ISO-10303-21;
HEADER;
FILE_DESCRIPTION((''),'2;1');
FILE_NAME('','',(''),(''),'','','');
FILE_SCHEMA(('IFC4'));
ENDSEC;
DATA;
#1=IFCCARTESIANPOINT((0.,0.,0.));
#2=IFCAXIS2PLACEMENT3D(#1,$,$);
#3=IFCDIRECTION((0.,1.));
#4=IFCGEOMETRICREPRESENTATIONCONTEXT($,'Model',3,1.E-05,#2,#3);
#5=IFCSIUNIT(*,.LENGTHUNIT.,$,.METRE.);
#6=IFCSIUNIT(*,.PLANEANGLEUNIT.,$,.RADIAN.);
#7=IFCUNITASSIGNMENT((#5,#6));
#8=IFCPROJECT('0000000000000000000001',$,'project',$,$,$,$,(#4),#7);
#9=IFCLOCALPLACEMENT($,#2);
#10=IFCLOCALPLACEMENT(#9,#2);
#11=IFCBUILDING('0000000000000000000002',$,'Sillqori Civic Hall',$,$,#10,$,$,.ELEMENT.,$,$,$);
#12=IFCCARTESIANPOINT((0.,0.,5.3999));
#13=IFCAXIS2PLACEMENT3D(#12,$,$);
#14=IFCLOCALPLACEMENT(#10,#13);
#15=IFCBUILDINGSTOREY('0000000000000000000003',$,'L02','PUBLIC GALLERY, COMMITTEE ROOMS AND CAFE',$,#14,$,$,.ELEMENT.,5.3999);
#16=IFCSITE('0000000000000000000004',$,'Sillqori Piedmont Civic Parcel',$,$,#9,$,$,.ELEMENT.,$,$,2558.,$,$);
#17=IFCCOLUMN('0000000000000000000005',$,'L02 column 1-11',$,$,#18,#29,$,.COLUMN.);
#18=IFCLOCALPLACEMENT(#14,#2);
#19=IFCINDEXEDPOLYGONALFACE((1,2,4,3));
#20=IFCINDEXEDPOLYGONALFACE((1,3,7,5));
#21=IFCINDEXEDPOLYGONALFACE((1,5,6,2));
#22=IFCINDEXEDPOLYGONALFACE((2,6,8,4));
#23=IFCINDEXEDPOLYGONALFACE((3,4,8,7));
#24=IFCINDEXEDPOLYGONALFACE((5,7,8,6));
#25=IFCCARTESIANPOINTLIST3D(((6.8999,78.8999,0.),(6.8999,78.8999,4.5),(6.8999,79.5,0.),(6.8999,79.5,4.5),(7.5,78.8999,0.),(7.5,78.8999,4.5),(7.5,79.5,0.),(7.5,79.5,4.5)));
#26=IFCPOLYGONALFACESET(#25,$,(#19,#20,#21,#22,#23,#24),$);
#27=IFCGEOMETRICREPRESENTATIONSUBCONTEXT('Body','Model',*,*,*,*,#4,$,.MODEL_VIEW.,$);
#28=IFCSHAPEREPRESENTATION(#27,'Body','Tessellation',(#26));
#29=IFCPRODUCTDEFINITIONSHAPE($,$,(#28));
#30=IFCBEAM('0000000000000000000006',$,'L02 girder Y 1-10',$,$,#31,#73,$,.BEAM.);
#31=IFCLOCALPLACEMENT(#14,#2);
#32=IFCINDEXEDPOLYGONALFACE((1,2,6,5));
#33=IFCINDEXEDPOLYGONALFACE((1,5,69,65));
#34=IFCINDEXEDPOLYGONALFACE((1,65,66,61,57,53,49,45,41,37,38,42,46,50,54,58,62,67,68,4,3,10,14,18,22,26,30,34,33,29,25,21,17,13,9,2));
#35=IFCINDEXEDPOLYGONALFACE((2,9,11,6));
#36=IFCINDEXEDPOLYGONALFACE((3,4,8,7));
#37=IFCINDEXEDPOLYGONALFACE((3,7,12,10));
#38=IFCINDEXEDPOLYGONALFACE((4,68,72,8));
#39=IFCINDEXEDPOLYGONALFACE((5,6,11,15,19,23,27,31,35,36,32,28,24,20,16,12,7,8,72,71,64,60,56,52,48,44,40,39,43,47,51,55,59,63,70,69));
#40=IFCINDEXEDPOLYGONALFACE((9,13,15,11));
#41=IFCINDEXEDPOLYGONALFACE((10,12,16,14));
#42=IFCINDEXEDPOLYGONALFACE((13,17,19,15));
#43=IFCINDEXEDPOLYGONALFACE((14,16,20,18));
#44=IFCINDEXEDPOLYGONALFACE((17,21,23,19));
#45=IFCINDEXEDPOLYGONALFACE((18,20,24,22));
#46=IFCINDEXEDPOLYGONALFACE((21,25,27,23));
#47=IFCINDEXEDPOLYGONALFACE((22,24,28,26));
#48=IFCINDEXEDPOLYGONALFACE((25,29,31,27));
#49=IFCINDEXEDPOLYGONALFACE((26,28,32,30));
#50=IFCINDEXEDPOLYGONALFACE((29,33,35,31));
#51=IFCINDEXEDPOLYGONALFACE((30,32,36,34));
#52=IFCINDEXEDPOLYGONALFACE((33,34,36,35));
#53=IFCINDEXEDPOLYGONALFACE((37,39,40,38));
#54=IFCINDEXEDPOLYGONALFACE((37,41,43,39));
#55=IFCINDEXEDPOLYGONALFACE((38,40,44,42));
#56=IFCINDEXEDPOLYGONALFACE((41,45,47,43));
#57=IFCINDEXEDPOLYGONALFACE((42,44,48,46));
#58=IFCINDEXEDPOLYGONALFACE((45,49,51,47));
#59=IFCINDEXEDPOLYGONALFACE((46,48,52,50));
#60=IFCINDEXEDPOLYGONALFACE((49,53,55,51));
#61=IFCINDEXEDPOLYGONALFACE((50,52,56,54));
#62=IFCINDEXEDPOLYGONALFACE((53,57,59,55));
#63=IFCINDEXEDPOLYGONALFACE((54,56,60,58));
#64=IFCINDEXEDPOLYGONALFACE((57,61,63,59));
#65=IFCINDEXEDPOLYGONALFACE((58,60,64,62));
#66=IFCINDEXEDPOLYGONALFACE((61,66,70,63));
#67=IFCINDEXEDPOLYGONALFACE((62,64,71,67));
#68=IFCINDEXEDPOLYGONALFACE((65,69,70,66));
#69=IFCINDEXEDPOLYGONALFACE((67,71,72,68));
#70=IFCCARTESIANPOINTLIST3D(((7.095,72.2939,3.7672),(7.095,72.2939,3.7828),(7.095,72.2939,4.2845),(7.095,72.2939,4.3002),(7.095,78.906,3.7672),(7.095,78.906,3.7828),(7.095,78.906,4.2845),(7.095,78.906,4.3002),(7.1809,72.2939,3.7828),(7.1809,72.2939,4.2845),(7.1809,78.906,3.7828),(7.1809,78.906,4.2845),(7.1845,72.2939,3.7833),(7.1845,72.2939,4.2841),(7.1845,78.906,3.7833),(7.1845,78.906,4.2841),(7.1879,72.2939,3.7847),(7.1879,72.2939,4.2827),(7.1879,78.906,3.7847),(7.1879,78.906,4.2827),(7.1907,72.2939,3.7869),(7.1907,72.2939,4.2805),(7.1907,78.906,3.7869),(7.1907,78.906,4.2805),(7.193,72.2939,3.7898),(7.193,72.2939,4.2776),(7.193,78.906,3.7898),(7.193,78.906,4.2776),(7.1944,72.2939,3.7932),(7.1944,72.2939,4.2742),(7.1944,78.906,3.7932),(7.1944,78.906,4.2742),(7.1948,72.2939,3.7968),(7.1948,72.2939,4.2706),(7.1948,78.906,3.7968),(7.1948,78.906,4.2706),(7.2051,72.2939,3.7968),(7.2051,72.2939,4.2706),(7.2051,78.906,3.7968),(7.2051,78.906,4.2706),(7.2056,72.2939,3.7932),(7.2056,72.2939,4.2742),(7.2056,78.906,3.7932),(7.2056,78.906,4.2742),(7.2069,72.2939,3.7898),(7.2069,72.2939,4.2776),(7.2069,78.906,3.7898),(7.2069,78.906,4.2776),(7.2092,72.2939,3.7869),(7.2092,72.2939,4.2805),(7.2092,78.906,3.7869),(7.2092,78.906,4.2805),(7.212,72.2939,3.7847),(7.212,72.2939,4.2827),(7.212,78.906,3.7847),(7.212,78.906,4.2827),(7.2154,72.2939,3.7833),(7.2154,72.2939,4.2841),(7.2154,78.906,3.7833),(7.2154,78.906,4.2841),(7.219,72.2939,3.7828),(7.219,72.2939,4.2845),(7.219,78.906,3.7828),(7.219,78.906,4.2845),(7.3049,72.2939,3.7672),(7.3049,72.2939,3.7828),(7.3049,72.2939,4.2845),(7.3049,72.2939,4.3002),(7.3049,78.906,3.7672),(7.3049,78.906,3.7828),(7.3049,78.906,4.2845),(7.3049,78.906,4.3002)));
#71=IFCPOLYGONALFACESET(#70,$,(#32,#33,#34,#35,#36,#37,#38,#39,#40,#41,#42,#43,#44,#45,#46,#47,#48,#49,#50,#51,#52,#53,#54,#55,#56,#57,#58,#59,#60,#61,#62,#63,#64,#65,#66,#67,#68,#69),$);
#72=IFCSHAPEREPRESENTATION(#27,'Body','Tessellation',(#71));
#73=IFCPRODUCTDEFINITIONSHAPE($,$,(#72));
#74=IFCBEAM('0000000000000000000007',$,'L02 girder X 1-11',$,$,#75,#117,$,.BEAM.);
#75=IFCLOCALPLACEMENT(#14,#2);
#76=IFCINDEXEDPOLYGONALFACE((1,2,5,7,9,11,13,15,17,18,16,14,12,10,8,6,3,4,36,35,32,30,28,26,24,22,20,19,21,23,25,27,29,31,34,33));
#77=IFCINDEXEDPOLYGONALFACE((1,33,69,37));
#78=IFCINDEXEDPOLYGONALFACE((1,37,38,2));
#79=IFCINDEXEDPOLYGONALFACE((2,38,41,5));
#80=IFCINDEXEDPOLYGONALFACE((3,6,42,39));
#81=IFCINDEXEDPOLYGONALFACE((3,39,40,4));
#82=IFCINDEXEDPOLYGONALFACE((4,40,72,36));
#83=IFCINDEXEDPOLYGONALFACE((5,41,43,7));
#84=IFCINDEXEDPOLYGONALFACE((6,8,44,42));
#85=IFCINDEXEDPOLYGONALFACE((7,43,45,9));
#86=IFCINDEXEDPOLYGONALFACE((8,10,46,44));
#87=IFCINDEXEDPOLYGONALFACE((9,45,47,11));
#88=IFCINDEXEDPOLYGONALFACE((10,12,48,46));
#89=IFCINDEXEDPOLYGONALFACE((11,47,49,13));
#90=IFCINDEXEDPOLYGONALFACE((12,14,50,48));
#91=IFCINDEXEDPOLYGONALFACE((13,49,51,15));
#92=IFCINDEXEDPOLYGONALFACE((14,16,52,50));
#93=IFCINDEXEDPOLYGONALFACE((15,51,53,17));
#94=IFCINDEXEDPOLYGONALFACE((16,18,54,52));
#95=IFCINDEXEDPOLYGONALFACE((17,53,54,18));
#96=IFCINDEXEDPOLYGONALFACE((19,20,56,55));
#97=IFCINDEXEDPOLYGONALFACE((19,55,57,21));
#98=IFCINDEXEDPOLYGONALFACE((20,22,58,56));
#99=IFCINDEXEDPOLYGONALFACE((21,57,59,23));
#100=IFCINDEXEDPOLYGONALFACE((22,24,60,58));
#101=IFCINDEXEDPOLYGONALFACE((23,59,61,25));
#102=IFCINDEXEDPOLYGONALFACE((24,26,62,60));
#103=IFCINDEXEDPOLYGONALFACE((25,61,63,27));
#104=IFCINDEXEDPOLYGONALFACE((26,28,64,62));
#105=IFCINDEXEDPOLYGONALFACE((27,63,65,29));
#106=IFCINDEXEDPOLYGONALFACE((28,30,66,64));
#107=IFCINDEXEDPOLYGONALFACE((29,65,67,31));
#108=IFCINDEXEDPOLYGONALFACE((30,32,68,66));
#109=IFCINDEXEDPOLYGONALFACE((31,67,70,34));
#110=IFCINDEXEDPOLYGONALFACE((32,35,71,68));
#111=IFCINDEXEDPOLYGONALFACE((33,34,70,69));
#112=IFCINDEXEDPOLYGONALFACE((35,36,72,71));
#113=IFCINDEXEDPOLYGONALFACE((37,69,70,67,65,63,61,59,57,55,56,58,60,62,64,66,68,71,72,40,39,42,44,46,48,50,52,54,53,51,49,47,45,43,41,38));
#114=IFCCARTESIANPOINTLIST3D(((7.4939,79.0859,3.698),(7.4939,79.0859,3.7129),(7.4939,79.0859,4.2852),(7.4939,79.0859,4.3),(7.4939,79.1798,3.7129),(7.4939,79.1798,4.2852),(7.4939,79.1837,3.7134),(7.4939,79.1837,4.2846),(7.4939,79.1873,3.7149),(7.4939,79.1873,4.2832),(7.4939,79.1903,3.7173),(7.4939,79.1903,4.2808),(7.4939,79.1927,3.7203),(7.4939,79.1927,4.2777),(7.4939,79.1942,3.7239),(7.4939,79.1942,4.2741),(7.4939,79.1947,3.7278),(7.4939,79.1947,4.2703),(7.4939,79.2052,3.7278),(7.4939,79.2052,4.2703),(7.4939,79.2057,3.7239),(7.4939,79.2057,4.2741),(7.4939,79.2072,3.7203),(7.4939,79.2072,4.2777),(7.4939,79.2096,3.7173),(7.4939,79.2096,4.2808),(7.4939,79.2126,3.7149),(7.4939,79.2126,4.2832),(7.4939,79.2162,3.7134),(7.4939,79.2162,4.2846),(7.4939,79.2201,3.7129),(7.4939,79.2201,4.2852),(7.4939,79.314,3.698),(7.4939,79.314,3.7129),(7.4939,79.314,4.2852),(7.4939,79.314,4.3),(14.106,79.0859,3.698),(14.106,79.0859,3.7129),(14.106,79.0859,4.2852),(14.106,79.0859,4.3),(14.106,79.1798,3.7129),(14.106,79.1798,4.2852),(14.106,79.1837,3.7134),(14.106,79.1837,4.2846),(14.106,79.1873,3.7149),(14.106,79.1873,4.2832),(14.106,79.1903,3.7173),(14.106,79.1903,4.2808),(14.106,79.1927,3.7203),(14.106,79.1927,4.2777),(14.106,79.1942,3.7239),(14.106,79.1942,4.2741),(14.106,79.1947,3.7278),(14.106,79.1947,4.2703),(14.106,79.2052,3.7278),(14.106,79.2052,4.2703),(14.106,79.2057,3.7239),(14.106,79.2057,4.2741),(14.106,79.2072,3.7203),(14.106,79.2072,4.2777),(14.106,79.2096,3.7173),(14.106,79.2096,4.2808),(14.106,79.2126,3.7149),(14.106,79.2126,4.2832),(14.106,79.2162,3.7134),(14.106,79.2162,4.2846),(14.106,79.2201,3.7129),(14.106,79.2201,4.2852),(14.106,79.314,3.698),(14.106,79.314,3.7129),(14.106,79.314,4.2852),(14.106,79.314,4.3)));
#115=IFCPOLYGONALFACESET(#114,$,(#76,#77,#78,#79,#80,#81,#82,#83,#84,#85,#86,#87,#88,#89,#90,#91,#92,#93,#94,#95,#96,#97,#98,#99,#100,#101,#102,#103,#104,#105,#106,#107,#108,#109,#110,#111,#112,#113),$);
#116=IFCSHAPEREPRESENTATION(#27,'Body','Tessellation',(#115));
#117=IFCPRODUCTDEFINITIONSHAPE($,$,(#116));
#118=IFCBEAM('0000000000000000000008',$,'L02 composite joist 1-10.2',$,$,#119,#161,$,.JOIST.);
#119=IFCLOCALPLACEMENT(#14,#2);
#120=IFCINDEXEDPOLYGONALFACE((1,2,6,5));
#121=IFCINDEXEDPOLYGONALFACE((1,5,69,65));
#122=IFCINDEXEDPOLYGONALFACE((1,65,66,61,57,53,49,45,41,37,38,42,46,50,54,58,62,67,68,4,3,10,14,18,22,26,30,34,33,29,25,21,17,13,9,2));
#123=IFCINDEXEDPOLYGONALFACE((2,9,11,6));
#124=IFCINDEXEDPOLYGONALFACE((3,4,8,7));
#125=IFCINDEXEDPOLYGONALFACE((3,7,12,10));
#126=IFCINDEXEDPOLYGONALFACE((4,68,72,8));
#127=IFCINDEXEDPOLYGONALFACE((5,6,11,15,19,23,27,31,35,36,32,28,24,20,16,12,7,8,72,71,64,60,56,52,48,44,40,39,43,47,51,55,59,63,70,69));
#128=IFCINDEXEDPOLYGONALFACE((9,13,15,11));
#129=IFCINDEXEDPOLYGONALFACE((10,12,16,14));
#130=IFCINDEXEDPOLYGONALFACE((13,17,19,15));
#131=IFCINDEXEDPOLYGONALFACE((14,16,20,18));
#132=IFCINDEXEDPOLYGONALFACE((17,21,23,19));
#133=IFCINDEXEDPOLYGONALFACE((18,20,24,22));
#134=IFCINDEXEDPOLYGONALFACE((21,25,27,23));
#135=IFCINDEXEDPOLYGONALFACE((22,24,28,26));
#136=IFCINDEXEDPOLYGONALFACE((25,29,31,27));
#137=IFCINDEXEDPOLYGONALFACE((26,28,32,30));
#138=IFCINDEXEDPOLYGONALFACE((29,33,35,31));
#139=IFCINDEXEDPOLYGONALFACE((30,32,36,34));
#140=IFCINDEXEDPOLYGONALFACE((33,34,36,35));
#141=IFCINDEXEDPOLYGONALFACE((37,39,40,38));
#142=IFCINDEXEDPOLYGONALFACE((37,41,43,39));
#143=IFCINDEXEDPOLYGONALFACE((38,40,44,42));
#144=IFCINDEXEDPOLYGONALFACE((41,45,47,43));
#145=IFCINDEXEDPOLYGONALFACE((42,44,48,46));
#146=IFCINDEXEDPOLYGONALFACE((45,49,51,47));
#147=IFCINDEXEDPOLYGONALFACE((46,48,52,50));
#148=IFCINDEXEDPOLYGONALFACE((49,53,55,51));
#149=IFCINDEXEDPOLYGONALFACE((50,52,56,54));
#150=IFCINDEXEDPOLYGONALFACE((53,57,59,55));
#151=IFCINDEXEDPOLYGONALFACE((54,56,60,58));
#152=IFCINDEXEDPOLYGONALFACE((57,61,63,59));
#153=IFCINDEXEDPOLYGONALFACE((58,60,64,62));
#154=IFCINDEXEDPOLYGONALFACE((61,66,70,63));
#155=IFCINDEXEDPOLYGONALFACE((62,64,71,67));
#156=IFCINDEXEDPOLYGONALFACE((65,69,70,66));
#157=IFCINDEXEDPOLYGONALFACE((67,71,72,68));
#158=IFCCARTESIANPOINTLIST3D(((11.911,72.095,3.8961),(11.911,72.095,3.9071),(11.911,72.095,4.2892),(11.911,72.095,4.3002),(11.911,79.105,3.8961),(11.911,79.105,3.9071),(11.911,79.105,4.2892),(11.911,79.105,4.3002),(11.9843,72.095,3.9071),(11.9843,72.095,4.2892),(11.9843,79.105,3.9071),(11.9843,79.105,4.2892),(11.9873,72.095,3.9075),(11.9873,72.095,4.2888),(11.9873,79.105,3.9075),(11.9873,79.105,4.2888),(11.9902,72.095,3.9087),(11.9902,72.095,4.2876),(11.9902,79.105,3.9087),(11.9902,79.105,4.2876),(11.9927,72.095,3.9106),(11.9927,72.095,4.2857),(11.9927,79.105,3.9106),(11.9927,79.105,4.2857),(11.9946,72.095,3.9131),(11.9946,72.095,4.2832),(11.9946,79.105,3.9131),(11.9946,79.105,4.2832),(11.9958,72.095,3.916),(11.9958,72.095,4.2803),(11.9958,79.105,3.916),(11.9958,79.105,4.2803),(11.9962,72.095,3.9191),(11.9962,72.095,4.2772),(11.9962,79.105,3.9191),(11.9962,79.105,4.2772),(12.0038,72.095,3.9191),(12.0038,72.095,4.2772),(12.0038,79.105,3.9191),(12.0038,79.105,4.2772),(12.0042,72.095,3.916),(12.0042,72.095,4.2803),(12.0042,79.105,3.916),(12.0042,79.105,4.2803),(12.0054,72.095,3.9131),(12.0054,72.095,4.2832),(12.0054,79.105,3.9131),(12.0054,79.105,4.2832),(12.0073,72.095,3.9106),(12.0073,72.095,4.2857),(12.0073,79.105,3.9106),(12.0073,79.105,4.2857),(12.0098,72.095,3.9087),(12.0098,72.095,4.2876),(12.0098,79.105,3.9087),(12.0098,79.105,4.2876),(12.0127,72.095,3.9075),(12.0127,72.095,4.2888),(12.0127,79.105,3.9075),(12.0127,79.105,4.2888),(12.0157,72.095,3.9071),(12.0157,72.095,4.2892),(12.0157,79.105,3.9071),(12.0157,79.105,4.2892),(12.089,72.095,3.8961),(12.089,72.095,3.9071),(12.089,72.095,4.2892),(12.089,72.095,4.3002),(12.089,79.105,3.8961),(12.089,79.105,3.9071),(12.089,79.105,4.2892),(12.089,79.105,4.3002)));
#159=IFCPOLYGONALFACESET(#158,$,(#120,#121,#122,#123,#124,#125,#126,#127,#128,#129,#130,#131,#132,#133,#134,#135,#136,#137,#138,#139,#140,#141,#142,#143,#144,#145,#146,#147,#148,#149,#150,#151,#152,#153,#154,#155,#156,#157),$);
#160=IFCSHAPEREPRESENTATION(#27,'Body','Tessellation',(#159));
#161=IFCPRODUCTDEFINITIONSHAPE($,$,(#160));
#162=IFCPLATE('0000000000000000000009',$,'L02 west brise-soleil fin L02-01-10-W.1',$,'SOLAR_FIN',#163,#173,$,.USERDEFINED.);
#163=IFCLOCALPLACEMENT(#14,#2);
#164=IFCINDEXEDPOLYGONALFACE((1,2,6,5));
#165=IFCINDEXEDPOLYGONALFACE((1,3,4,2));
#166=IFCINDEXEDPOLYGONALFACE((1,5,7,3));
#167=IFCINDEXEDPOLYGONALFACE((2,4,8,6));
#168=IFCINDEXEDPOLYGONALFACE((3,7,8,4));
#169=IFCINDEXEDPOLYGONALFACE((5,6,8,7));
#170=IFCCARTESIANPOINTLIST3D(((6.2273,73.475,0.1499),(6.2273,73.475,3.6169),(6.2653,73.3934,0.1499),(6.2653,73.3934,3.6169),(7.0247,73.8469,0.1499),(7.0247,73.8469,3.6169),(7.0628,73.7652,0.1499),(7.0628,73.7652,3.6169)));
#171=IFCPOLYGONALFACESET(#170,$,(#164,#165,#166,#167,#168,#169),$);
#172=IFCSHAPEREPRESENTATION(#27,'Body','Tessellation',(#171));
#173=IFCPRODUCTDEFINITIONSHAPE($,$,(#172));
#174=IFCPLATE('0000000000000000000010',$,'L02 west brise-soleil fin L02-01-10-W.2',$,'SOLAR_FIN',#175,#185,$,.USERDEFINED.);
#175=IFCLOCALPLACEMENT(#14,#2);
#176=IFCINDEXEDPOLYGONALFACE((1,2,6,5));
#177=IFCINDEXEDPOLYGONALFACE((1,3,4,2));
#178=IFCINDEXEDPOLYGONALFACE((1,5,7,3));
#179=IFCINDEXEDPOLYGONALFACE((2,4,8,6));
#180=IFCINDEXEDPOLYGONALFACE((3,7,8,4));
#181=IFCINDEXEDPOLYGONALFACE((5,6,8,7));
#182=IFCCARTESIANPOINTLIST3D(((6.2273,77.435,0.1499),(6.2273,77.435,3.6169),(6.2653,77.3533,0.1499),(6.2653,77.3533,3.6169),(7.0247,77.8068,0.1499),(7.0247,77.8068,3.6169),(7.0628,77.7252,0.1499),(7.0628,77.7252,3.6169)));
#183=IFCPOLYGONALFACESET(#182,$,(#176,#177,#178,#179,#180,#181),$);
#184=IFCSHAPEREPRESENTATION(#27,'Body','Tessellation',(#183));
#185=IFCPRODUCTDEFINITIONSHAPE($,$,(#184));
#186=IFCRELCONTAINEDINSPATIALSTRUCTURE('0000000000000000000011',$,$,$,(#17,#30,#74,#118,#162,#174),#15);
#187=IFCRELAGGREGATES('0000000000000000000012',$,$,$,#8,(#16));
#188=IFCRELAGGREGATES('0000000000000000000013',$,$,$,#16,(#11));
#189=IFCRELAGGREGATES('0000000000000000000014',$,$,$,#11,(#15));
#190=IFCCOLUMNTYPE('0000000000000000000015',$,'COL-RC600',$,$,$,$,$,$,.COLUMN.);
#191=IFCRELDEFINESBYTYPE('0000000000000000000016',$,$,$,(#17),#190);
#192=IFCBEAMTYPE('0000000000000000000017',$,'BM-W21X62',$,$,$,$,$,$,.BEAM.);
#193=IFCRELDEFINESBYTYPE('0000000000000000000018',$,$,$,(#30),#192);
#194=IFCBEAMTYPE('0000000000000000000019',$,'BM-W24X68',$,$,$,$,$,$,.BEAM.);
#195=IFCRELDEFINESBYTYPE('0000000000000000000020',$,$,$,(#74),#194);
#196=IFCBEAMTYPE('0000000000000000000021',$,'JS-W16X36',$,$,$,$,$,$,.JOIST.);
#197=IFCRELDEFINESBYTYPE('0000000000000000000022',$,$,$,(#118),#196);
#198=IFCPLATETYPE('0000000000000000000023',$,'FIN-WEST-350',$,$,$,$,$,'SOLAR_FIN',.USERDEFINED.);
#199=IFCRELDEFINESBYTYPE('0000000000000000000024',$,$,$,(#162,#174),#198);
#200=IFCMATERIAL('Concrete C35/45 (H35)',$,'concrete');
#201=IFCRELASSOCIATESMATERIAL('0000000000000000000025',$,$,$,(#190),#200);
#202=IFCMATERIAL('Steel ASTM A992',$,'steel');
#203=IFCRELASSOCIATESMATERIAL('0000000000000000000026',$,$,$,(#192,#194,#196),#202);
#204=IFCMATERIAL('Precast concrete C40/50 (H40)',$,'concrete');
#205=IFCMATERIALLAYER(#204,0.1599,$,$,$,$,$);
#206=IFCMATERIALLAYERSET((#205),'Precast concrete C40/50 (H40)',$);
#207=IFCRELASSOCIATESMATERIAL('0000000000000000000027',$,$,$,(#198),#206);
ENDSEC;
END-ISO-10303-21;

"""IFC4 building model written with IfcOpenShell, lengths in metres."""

from ifc_helpers import new_model, si_unit, direction, frame, origin, origin_2d, place, context, subcontext, project, spatial, rectangle, i_section, extrude, material, layer, layer_set, material_profile, profile_set, type_object, element, save


model = new_model("IFC4")

# Units and contexts
model_context = context("Model", 3, precision=1e-05, world=origin(), true_north=direction((0.0, 1.0)))
body_context = subcontext(model_context, "Body", "Model", "MODEL_VIEW")
ifc_project = project(units=[si_unit("LENGTHUNIT", "METRE"), si_unit("PLANEANGLEUNIT", "RADIAN")], contexts=[model_context])

# Site, building, storey
site_placement = place(None, origin())
site = spatial("IfcSite", under=ifc_project, at=site_placement, Name="Sillqori Piedmont Civic Parcel", CompositionType="ELEMENT", RefElevation=2558.0)
building_placement = place(site_placement, origin())
building = spatial("IfcBuilding", under=site, at=building_placement, Name="Sillqori Civic Hall", CompositionType="ELEMENT")
storey_placement = place(building_placement, frame((0.0, 0.0, 5.3999)))
storey = spatial("IfcBuildingStorey", under=building, at=storey_placement, Name="L02", Description="PUBLIC GALLERY, COMMITTEE ROOMS AND CAFE", CompositionType="ELEMENT", Elevation=5.3999)

# Column
ifc_material_1 = material(Name="Concrete C35/45 (H35)", Category="concrete")
ifc_material_profile_1 = material_profile(ifc_material_1, rectangle(XDim=0.6001, YDim=0.6001, at=origin_2d()), Name="RC 600x600")
ifc_profile_set_1 = profile_set([ifc_material_profile_1], Name="Concrete C35/45 (H35)")
column_type = type_object("IfcColumnType", Name="COL-RC600", PredefinedType="COLUMN", material=ifc_profile_set_1)
column_placement = place(storey_placement, frame((7.2, 79.2, 0.0), z_axis=(0.0, 0.0, 1.0), x_axis=(1.0, 0.0, 0.0)))
element("IfcColumn", 1, at=column_placement, inside=storey, type_object=column_type, Name="L02 column 1-11", PredefinedType="COLUMN", context=body_context, shape_type="SweptSolid", body=[
    extrude(rectangle(XDim=0.6001, YDim=0.6001, at=origin_2d()), origin(), (0.0, 0.0, 1.0), 4.5),
])

# Beams
ifc_material_2 = material(Name="Steel ASTM A992", Category="steel")
ifc_material_profile_2 = material_profile(ifc_material_2, i_section(OverallWidth=0.21, OverallDepth=0.533, WebThickness=0.0103, FlangeThickness=0.0156, FilletRadius=0.0139, at=origin_2d()), Name="W21X62")
ifc_profile_set_2 = profile_set([ifc_material_profile_2], Name="Steel ASTM A992")
beam_type_1 = type_object("IfcBeamType", Name="BM-W21X62", PredefinedType="BEAM", material=ifc_profile_set_2)
beam_1_placement = place(storey_placement, frame((7.2, 72.2939, 4.0337), z_axis=(0.0, 1.0, 0.0), x_axis=(-1.0, 0.0, 0.0)))
element("IfcBeam", 2, at=beam_1_placement, inside=storey, type_object=beam_type_1, Name="L02 girder Y 1-10", PredefinedType="BEAM", context=body_context, shape_type="SweptSolid", body=[
    extrude(i_section(OverallWidth=0.21, OverallDepth=0.533, WebThickness=0.0103, FlangeThickness=0.0156, FilletRadius=0.0139, at=origin_2d()), origin(), (0.0, 0.0, 1.0), 6.6121),
])
ifc_material_profile_3 = material_profile(ifc_material_2, i_section(OverallWidth=0.228, OverallDepth=0.6021, WebThickness=0.0105, FlangeThickness=0.0149, FilletRadius=0.0149, at=origin_2d()), Name="W24X68")
ifc_profile_set_3 = profile_set([ifc_material_profile_3], Name="Steel ASTM A992")
beam_type_2 = type_object("IfcBeamType", Name="BM-W24X68", PredefinedType="BEAM", material=ifc_profile_set_3)
beam_2_placement = place(storey_placement, frame((7.4939, 79.2, 3.999), z_axis=(1.0, 0.0, 0.0), x_axis=(0.0, 1.0, 0.0)))
element("IfcBeam", 3, at=beam_2_placement, inside=storey, type_object=beam_type_2, Name="L02 girder X 1-11", PredefinedType="BEAM", context=body_context, shape_type="SweptSolid", body=[
    extrude(i_section(OverallWidth=0.228, OverallDepth=0.6021, WebThickness=0.0105, FlangeThickness=0.0149, FilletRadius=0.0149, at=origin_2d()), origin(), (0.0, 0.0, 1.0), 6.6121),
])
ifc_material_profile_4 = material_profile(ifc_material_2, i_section(OverallWidth=0.178, OverallDepth=0.4041, WebThickness=0.0076, FlangeThickness=0.011, FilletRadius=0.012, at=origin_2d()), Name="W16X36")
ifc_profile_set_4 = profile_set([ifc_material_profile_4], Name="Steel ASTM A992")
beam_type_3 = type_object("IfcBeamType", Name="JS-W16X36", PredefinedType="JOIST", material=ifc_profile_set_4)
beam_3_placement = place(storey_placement, frame((12.0, 72.095, 4.0981), z_axis=(0.0, 1.0, 0.0), x_axis=(-1.0, 0.0, 0.0)))
element("IfcBeam", 4, at=beam_3_placement, inside=storey, type_object=beam_type_3, Name="L02 composite joist 1-10.2", PredefinedType="JOIST", context=body_context, shape_type="SweptSolid", body=[
    extrude(i_section(OverallWidth=0.178, OverallDepth=0.4041, WebThickness=0.0076, FlangeThickness=0.011, FilletRadius=0.012, at=origin_2d()), origin(), (0.0, 0.0, 1.0), 7.01),
])

# Plates
ifc_material_3 = material(Name="Precast concrete C40/50 (H40)", Category="concrete")
ifc_layer_1 = layer(ifc_material_3, 0.1599)
ifc_layer_set_1 = layer_set([ifc_layer_1], Name="Precast concrete C40/50 (H40)")
plate_type_1 = type_object("IfcPlateType", Name="FIN-WEST-350", ElementType="SOLAR_FIN", PredefinedType="USERDEFINED", material=ifc_layer_set_1)
for number, where, z_axis, x_axis, name in (
    (5, (6.645, 73.6201, 0.1499), (0.0, 0.0, 1.0), (-0.422618, 0.906308, 0.0), "L02 west brise-soleil fin L02-01-10-W.1"),
    (6, (6.645, 77.5801, 0.1499), (0.0, 0.0, 1.0), (-0.422618, 0.906308, 0.0), "L02 west brise-soleil fin L02-01-10-W.2"),
):
    element("IfcPlate", number, at=place(storey_placement, frame(where, z_axis=z_axis, x_axis=x_axis)), inside=storey, type_object=plate_type_1, Name=name, ObjectType="SOLAR_FIN", PredefinedType="USERDEFINED", context=body_context, shape_type="SweptSolid", body=[
        extrude(rectangle(XDim=0.0901, YDim=0.8799, at=origin_2d()), origin(), (0.0, 0.0, 1.0), 3.467),
    ])

save(model, "model.ifc")
